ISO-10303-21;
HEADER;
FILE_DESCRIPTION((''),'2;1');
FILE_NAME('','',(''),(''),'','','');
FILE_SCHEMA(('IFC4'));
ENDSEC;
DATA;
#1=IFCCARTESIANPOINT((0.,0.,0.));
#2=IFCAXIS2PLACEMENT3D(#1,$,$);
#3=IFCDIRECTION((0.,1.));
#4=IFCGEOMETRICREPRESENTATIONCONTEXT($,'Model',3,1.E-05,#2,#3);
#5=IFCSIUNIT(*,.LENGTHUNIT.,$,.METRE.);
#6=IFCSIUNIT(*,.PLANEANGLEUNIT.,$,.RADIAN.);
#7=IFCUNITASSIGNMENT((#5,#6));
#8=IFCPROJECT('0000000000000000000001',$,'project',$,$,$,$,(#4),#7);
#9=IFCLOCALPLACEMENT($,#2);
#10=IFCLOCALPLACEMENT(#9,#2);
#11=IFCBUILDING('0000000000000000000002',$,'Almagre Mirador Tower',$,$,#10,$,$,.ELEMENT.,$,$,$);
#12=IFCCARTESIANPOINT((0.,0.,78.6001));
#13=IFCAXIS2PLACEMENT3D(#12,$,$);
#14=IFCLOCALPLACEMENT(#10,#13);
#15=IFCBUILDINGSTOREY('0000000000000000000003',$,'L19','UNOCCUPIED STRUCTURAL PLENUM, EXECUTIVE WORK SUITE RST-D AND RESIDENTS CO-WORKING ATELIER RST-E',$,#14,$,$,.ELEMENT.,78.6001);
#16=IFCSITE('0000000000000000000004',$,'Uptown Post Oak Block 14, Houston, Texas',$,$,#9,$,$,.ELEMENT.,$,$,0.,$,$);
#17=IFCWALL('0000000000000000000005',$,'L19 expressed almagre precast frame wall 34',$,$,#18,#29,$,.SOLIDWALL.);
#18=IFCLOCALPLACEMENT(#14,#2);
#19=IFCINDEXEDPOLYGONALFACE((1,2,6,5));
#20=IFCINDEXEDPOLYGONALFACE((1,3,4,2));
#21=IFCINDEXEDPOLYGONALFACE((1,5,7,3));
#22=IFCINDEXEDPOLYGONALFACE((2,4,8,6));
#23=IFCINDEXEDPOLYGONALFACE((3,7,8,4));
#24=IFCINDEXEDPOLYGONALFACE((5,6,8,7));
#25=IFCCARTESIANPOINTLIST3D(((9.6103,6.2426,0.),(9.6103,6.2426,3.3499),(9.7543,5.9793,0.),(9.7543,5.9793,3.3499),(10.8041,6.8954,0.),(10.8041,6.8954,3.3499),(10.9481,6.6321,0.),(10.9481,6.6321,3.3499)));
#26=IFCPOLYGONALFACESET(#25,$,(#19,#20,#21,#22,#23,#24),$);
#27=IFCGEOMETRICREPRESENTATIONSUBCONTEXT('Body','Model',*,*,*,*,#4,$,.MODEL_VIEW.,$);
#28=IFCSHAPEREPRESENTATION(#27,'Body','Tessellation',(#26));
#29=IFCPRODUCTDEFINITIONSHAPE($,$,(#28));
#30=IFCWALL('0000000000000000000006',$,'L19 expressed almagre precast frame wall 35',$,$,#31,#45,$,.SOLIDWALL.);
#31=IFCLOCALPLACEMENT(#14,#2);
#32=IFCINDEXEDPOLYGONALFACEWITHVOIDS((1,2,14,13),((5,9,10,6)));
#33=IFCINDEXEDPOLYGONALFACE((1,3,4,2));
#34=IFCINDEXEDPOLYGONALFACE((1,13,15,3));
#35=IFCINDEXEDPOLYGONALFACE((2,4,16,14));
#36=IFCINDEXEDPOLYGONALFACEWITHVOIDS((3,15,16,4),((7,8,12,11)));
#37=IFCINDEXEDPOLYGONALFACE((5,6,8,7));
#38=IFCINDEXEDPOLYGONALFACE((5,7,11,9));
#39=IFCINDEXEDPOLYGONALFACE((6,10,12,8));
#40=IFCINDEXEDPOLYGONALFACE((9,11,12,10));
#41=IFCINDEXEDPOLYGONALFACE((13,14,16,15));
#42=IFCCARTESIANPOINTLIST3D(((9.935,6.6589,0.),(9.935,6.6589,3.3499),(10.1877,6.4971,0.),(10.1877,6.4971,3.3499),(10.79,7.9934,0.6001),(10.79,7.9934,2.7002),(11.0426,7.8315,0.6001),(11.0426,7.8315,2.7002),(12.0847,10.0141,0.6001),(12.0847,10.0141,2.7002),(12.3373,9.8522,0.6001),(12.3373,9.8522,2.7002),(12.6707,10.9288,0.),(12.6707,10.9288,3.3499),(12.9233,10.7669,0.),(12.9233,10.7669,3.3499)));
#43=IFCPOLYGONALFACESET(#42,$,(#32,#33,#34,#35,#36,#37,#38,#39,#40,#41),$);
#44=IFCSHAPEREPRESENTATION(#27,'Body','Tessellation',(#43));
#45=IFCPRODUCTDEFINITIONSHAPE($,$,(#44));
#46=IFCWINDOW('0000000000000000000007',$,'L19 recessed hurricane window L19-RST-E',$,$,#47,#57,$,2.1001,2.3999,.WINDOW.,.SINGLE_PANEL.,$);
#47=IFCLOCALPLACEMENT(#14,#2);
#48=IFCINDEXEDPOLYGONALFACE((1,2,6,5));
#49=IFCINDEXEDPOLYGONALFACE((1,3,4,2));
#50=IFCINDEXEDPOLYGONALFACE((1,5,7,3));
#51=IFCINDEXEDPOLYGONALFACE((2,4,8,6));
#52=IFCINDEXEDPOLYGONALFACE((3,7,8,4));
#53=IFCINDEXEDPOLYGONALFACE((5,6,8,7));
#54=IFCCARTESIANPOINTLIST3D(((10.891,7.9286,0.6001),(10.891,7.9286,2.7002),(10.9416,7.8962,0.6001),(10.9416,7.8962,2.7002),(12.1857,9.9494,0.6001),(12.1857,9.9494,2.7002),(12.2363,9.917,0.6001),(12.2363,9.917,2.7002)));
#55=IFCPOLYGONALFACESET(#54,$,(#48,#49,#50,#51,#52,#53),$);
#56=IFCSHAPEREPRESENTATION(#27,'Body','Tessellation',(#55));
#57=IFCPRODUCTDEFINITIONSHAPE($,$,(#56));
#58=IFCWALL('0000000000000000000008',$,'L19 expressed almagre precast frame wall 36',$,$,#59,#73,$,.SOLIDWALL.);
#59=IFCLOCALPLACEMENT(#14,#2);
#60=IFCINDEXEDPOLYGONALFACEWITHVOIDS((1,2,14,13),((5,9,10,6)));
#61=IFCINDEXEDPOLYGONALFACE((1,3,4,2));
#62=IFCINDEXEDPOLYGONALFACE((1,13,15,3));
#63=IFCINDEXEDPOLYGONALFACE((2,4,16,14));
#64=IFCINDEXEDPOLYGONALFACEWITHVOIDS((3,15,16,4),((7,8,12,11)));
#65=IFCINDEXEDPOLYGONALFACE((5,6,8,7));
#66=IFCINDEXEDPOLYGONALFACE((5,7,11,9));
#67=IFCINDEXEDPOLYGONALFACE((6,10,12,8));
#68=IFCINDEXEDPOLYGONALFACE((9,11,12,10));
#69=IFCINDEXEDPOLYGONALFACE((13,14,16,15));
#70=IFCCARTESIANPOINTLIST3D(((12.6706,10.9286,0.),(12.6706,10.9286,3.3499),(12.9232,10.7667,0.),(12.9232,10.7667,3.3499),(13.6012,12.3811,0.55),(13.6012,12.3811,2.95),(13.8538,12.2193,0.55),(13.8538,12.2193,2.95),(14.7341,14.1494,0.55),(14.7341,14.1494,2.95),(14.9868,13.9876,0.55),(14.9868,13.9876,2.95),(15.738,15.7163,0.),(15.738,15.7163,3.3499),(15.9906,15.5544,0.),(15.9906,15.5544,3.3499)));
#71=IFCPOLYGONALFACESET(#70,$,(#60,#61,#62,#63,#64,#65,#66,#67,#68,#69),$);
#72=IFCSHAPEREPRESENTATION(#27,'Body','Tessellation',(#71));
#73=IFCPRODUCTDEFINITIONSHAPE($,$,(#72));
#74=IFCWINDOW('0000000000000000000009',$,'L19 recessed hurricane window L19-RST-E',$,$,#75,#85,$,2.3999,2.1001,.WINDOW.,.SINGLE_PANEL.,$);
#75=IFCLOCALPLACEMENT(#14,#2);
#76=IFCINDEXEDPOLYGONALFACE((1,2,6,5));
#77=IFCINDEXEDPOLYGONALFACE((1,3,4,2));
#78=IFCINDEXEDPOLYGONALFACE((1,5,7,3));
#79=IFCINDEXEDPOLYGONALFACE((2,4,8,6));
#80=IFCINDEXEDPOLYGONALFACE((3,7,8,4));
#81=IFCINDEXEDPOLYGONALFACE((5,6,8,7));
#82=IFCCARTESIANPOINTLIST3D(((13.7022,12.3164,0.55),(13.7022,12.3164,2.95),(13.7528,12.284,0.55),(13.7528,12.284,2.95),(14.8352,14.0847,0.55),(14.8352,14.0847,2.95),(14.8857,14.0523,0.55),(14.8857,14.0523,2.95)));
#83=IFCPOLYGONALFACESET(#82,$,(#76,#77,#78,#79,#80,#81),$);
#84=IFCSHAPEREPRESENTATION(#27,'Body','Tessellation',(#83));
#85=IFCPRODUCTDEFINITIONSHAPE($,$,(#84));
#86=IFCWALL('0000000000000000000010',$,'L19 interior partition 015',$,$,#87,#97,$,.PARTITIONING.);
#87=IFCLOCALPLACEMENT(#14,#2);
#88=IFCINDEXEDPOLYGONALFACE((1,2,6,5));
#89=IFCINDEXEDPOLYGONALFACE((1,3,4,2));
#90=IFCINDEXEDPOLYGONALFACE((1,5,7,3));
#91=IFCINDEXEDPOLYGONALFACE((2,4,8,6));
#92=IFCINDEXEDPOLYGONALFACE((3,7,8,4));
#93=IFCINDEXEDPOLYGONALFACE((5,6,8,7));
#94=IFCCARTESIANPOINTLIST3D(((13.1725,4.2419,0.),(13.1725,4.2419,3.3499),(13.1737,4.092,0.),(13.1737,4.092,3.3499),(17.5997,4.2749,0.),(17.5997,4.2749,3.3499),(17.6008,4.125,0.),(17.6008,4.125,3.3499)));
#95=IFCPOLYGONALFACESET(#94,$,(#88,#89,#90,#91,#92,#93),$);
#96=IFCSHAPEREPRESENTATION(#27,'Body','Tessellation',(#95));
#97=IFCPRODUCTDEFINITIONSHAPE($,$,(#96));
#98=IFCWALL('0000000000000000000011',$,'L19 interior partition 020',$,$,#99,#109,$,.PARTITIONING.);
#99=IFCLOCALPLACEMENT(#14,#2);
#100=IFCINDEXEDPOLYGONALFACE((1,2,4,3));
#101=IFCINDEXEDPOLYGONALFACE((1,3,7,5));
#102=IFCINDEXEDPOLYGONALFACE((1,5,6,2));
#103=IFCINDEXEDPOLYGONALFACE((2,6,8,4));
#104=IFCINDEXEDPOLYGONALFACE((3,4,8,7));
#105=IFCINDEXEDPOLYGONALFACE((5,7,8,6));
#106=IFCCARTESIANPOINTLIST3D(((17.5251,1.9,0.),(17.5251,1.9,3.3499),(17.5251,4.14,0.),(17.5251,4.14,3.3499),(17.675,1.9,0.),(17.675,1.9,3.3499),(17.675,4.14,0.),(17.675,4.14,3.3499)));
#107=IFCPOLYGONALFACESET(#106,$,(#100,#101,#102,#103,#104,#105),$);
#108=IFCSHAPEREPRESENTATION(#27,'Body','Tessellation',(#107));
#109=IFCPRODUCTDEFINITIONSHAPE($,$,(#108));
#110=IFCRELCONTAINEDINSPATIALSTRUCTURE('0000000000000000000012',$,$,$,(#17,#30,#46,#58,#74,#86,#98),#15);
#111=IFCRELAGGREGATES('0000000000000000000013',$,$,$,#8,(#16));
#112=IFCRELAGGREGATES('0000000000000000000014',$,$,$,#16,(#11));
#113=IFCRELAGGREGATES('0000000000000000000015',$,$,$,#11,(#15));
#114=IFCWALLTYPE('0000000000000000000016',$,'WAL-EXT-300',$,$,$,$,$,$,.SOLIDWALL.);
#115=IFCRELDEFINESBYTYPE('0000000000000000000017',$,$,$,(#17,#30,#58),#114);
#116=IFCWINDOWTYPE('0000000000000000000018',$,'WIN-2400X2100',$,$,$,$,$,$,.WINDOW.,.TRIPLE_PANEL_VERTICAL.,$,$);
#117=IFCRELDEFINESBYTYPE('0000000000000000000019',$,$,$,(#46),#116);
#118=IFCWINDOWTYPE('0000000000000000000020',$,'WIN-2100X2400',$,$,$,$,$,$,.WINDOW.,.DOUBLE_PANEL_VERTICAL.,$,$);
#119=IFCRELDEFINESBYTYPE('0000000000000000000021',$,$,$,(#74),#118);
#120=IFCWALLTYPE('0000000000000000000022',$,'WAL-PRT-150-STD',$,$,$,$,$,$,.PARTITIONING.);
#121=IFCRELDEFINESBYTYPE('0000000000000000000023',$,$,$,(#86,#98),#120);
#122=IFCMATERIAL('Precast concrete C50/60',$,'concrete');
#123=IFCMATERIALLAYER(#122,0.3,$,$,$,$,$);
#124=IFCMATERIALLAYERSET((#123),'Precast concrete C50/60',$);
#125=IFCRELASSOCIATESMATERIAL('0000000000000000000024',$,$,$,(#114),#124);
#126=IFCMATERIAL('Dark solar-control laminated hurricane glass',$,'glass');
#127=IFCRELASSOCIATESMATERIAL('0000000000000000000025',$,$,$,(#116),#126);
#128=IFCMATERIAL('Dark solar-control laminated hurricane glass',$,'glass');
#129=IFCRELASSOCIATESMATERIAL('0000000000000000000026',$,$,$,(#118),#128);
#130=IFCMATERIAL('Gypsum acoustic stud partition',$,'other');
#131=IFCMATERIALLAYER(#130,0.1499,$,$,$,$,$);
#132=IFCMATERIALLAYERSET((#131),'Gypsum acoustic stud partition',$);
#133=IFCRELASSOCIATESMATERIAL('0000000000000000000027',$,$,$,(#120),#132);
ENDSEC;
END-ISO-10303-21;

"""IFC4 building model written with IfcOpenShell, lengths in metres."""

from ifc_helpers import new_model, si_unit, direction, frame, frame_2d, origin, place, context, subcontext, project, spatial, rectangle, extrude, material, layer, layer_set, type_object, element, fill, save


model = new_model("IFC4")

# Units and contexts
model_context = context("Model", 3, precision=1e-05, world=origin(), true_north=direction((0.0, 1.0)))
body_context = subcontext(model_context, "Body", "Model", "MODEL_VIEW")
ifc_project = project(units=[si_unit("LENGTHUNIT", "METRE"), si_unit("PLANEANGLEUNIT", "RADIAN")], contexts=[model_context])

# Site, building, storey
site_placement = place(None, origin())
site = spatial("IfcSite", under=ifc_project, at=site_placement, Name="Uptown Post Oak Block 14, Houston, Texas", CompositionType="ELEMENT", RefElevation=0.0)
building_placement = place(site_placement, origin())
building = spatial("IfcBuilding", under=site, at=building_placement, Name="Almagre Mirador Tower", CompositionType="ELEMENT")
storey_placement = place(building_placement, frame((0.0, 0.0, 78.6001)))
storey = spatial("IfcBuildingStorey", under=building, at=storey_placement, Name="L19", Description="UNOCCUPIED STRUCTURAL PLENUM, EXECUTIVE WORK SUITE RST-D AND RESIDENTS CO-WORKING ATELIER RST-E", CompositionType="ELEMENT", Elevation=78.6001)

# Wall
ifc_material_1 = material(Name="Precast concrete C50/60", Category="concrete")
ifc_layer_1 = layer(ifc_material_1, 0.3)
ifc_layer_set_1 = layer_set([ifc_layer_1], Name="Precast concrete C50/60")
wall_type_1 = type_object("IfcWallType", Name="WAL-EXT-300", PredefinedType="SOLIDWALL", material=ifc_layer_set_1)
wall_1_placement = place(storey_placement, frame((10.876, 6.7637, 0.0), z_axis=(0.0, 0.0, 1.0), x_axis=(-0.877388, -0.479782, 0.0)))
element("IfcWall", 1, at=wall_1_placement, inside=storey, type_object=wall_type_1, Name="L19 expressed almagre precast frame wall 34", PredefinedType="SOLIDWALL", context=body_context, shape_type="SweptSolid", body=[
    extrude(rectangle(XDim=1.3606, YDim=0.3, at=frame_2d((0.6802, 0.0))), origin(), (0.0, 0.0, 1.0), 3.3499),
])

# Walls, openings, windows
wall_2_placement = place(storey_placement, frame((10.0613, 6.5779, 0.0), z_axis=(0.0, 0.0, 1.0), x_axis=(0.539465, 0.842008, 0.0)))
wall_2 = element("IfcWall", 2, at=wall_2_placement, inside=storey, type_object=wall_type_1, Name="L19 expressed almagre precast frame wall 35", PredefinedType="SOLIDWALL", context=body_context, shape_type="SweptSolid", body=[
    extrude(rectangle(XDim=5.071, YDim=0.3, at=frame_2d((2.5356, 0.0))), origin(), (0.0, 0.0, 1.0), 3.3499),
])
opening_1_placement = place(wall_2_placement, frame((1.585, 0.0, 0.6001)))
opening_1 = element("IfcOpeningElement", 3, at=opening_1_placement, cuts=wall_2, PredefinedType="OPENING", context=body_context, shape_type="SweptSolid", body=[
    extrude(rectangle(XDim=2.3999, YDim=2.1001, at=frame_2d((1.2, 1.05))), frame((0.0, 0.1599, 0.0), z_axis=(0.0, -1.0, 0.0), x_axis=(1.0, 0.0, 0.0)), (0.0, 0.0, 1.0), 0.32),
])
ifc_material_2 = material(Name="Dark solar-control laminated hurricane glass", Category="glass")
window_type_1 = type_object("IfcWindowType", Name="WIN-2400X2100", PartitioningType="TRIPLE_PANEL_VERTICAL", PredefinedType="WINDOW", material=ifc_material_2)
window_1_placement = place(opening_1_placement, origin())
window_1 = element("IfcWindow", 4, at=window_1_placement, inside=storey, type_object=window_type_1, Name="L19 recessed hurricane window L19-RST-E", OverallHeight=2.1001, OverallWidth=2.3999, PartitioningType="SINGLE_PANEL", PredefinedType="WINDOW", context=body_context, shape_type="SweptSolid", body=[
    extrude(rectangle(XDim=2.3999, YDim=2.1001, at=frame_2d((1.2, 1.05))), frame((0.0, 0.03, 0.0), z_axis=(0.0, -1.0, 0.0), x_axis=(1.0, 0.0, 0.0)), (0.0, 0.0, 1.0), 0.0601),
])
fill(opening_1, window_1)
wall_3_placement = place(storey_placement, frame((12.7969, 10.8477, 0.0), z_axis=(0.0, 0.0, 1.0), x_axis=(0.539468, 0.842006, 0.0)))
wall_3 = element("IfcWall", 5, at=wall_3_placement, inside=storey, type_object=wall_type_1, Name="L19 expressed almagre precast frame wall 36", PredefinedType="SOLIDWALL", context=body_context, shape_type="SweptSolid", body=[
    extrude(rectangle(XDim=5.686, YDim=0.3, at=frame_2d((2.843, 0.0))), origin(), (0.0, 0.0, 1.0), 3.3499),
])
opening_2_placement = place(wall_3_placement, frame((1.7251, 0.0, 0.55)))
opening_2 = element("IfcOpeningElement", 6, at=opening_2_placement, cuts=wall_3, PredefinedType="OPENING", context=body_context, shape_type="SweptSolid", body=[
    extrude(rectangle(XDim=2.1001, YDim=2.3999, at=frame_2d((1.05, 1.2))), frame((0.0, 0.1599, 0.0), z_axis=(0.0, -1.0, 0.0), x_axis=(1.0, 0.0, 0.0)), (0.0, 0.0, 1.0), 0.32),
])
ifc_material_3 = material(Name="Dark solar-control laminated hurricane glass", Category="glass")
window_type_2 = type_object("IfcWindowType", Name="WIN-2100X2400", PartitioningType="DOUBLE_PANEL_VERTICAL", PredefinedType="WINDOW", material=ifc_material_3)
window_2_placement = place(opening_2_placement, origin())
window_2 = element("IfcWindow", 7, at=window_2_placement, inside=storey, type_object=window_type_2, Name="L19 recessed hurricane window L19-RST-E", OverallHeight=2.3999, OverallWidth=2.1001, PartitioningType="SINGLE_PANEL", PredefinedType="WINDOW", context=body_context, shape_type="SweptSolid", body=[
    extrude(rectangle(XDim=2.1001, YDim=2.3999, at=frame_2d((1.05, 1.2))), frame((0.0, 0.03, 0.0), z_axis=(0.0, -1.0, 0.0), x_axis=(1.0, 0.0, 0.0)), (0.0, 0.0, 1.0), 0.0601),
])
fill(opening_2, window_2)

# Walls
ifc_material_4 = material(Name="Gypsum acoustic stud partition", Category="other")
ifc_layer_2 = layer(ifc_material_4, 0.1499)
ifc_layer_set_2 = layer_set([ifc_layer_2], Name="Gypsum acoustic stud partition")
wall_type_2 = type_object("IfcWallType", Name="WAL-PRT-150-STD", PredefinedType="PARTITIONING", material=ifc_layer_set_2)
wall_4_placement = place(storey_placement, frame((13.1731, 4.167, 0.0), z_axis=(0.0, 0.0, 1.0), x_axis=(0.999972, 0.007445, 0.0)))
element("IfcWall", 8, at=wall_4_placement, inside=storey, type_object=wall_type_2, Name="L19 interior partition 015", PredefinedType="PARTITIONING", context=body_context, shape_type="SweptSolid", body=[
    extrude(rectangle(XDim=4.4272, YDim=0.1499, at=frame_2d((2.2136, 0.0))), origin(), (0.0, 0.0, 1.0), 3.3499),
])
wall_5_placement = place(storey_placement, frame((17.6001, 1.8999, 0.0), z_axis=(0.0, 0.0, 1.0), x_axis=(0.0, 1.0, 0.0)))
element("IfcWall", 9, at=wall_5_placement, inside=storey, type_object=wall_type_2, Name="L19 interior partition 020", PredefinedType="PARTITIONING", context=body_context, shape_type="SweptSolid", body=[
    extrude(rectangle(XDim=2.24, YDim=0.1499, at=frame_2d((1.1201, 0.0))), origin(), (0.0, 0.0, 1.0), 3.3499),
])

save(model, "model.ifc")
